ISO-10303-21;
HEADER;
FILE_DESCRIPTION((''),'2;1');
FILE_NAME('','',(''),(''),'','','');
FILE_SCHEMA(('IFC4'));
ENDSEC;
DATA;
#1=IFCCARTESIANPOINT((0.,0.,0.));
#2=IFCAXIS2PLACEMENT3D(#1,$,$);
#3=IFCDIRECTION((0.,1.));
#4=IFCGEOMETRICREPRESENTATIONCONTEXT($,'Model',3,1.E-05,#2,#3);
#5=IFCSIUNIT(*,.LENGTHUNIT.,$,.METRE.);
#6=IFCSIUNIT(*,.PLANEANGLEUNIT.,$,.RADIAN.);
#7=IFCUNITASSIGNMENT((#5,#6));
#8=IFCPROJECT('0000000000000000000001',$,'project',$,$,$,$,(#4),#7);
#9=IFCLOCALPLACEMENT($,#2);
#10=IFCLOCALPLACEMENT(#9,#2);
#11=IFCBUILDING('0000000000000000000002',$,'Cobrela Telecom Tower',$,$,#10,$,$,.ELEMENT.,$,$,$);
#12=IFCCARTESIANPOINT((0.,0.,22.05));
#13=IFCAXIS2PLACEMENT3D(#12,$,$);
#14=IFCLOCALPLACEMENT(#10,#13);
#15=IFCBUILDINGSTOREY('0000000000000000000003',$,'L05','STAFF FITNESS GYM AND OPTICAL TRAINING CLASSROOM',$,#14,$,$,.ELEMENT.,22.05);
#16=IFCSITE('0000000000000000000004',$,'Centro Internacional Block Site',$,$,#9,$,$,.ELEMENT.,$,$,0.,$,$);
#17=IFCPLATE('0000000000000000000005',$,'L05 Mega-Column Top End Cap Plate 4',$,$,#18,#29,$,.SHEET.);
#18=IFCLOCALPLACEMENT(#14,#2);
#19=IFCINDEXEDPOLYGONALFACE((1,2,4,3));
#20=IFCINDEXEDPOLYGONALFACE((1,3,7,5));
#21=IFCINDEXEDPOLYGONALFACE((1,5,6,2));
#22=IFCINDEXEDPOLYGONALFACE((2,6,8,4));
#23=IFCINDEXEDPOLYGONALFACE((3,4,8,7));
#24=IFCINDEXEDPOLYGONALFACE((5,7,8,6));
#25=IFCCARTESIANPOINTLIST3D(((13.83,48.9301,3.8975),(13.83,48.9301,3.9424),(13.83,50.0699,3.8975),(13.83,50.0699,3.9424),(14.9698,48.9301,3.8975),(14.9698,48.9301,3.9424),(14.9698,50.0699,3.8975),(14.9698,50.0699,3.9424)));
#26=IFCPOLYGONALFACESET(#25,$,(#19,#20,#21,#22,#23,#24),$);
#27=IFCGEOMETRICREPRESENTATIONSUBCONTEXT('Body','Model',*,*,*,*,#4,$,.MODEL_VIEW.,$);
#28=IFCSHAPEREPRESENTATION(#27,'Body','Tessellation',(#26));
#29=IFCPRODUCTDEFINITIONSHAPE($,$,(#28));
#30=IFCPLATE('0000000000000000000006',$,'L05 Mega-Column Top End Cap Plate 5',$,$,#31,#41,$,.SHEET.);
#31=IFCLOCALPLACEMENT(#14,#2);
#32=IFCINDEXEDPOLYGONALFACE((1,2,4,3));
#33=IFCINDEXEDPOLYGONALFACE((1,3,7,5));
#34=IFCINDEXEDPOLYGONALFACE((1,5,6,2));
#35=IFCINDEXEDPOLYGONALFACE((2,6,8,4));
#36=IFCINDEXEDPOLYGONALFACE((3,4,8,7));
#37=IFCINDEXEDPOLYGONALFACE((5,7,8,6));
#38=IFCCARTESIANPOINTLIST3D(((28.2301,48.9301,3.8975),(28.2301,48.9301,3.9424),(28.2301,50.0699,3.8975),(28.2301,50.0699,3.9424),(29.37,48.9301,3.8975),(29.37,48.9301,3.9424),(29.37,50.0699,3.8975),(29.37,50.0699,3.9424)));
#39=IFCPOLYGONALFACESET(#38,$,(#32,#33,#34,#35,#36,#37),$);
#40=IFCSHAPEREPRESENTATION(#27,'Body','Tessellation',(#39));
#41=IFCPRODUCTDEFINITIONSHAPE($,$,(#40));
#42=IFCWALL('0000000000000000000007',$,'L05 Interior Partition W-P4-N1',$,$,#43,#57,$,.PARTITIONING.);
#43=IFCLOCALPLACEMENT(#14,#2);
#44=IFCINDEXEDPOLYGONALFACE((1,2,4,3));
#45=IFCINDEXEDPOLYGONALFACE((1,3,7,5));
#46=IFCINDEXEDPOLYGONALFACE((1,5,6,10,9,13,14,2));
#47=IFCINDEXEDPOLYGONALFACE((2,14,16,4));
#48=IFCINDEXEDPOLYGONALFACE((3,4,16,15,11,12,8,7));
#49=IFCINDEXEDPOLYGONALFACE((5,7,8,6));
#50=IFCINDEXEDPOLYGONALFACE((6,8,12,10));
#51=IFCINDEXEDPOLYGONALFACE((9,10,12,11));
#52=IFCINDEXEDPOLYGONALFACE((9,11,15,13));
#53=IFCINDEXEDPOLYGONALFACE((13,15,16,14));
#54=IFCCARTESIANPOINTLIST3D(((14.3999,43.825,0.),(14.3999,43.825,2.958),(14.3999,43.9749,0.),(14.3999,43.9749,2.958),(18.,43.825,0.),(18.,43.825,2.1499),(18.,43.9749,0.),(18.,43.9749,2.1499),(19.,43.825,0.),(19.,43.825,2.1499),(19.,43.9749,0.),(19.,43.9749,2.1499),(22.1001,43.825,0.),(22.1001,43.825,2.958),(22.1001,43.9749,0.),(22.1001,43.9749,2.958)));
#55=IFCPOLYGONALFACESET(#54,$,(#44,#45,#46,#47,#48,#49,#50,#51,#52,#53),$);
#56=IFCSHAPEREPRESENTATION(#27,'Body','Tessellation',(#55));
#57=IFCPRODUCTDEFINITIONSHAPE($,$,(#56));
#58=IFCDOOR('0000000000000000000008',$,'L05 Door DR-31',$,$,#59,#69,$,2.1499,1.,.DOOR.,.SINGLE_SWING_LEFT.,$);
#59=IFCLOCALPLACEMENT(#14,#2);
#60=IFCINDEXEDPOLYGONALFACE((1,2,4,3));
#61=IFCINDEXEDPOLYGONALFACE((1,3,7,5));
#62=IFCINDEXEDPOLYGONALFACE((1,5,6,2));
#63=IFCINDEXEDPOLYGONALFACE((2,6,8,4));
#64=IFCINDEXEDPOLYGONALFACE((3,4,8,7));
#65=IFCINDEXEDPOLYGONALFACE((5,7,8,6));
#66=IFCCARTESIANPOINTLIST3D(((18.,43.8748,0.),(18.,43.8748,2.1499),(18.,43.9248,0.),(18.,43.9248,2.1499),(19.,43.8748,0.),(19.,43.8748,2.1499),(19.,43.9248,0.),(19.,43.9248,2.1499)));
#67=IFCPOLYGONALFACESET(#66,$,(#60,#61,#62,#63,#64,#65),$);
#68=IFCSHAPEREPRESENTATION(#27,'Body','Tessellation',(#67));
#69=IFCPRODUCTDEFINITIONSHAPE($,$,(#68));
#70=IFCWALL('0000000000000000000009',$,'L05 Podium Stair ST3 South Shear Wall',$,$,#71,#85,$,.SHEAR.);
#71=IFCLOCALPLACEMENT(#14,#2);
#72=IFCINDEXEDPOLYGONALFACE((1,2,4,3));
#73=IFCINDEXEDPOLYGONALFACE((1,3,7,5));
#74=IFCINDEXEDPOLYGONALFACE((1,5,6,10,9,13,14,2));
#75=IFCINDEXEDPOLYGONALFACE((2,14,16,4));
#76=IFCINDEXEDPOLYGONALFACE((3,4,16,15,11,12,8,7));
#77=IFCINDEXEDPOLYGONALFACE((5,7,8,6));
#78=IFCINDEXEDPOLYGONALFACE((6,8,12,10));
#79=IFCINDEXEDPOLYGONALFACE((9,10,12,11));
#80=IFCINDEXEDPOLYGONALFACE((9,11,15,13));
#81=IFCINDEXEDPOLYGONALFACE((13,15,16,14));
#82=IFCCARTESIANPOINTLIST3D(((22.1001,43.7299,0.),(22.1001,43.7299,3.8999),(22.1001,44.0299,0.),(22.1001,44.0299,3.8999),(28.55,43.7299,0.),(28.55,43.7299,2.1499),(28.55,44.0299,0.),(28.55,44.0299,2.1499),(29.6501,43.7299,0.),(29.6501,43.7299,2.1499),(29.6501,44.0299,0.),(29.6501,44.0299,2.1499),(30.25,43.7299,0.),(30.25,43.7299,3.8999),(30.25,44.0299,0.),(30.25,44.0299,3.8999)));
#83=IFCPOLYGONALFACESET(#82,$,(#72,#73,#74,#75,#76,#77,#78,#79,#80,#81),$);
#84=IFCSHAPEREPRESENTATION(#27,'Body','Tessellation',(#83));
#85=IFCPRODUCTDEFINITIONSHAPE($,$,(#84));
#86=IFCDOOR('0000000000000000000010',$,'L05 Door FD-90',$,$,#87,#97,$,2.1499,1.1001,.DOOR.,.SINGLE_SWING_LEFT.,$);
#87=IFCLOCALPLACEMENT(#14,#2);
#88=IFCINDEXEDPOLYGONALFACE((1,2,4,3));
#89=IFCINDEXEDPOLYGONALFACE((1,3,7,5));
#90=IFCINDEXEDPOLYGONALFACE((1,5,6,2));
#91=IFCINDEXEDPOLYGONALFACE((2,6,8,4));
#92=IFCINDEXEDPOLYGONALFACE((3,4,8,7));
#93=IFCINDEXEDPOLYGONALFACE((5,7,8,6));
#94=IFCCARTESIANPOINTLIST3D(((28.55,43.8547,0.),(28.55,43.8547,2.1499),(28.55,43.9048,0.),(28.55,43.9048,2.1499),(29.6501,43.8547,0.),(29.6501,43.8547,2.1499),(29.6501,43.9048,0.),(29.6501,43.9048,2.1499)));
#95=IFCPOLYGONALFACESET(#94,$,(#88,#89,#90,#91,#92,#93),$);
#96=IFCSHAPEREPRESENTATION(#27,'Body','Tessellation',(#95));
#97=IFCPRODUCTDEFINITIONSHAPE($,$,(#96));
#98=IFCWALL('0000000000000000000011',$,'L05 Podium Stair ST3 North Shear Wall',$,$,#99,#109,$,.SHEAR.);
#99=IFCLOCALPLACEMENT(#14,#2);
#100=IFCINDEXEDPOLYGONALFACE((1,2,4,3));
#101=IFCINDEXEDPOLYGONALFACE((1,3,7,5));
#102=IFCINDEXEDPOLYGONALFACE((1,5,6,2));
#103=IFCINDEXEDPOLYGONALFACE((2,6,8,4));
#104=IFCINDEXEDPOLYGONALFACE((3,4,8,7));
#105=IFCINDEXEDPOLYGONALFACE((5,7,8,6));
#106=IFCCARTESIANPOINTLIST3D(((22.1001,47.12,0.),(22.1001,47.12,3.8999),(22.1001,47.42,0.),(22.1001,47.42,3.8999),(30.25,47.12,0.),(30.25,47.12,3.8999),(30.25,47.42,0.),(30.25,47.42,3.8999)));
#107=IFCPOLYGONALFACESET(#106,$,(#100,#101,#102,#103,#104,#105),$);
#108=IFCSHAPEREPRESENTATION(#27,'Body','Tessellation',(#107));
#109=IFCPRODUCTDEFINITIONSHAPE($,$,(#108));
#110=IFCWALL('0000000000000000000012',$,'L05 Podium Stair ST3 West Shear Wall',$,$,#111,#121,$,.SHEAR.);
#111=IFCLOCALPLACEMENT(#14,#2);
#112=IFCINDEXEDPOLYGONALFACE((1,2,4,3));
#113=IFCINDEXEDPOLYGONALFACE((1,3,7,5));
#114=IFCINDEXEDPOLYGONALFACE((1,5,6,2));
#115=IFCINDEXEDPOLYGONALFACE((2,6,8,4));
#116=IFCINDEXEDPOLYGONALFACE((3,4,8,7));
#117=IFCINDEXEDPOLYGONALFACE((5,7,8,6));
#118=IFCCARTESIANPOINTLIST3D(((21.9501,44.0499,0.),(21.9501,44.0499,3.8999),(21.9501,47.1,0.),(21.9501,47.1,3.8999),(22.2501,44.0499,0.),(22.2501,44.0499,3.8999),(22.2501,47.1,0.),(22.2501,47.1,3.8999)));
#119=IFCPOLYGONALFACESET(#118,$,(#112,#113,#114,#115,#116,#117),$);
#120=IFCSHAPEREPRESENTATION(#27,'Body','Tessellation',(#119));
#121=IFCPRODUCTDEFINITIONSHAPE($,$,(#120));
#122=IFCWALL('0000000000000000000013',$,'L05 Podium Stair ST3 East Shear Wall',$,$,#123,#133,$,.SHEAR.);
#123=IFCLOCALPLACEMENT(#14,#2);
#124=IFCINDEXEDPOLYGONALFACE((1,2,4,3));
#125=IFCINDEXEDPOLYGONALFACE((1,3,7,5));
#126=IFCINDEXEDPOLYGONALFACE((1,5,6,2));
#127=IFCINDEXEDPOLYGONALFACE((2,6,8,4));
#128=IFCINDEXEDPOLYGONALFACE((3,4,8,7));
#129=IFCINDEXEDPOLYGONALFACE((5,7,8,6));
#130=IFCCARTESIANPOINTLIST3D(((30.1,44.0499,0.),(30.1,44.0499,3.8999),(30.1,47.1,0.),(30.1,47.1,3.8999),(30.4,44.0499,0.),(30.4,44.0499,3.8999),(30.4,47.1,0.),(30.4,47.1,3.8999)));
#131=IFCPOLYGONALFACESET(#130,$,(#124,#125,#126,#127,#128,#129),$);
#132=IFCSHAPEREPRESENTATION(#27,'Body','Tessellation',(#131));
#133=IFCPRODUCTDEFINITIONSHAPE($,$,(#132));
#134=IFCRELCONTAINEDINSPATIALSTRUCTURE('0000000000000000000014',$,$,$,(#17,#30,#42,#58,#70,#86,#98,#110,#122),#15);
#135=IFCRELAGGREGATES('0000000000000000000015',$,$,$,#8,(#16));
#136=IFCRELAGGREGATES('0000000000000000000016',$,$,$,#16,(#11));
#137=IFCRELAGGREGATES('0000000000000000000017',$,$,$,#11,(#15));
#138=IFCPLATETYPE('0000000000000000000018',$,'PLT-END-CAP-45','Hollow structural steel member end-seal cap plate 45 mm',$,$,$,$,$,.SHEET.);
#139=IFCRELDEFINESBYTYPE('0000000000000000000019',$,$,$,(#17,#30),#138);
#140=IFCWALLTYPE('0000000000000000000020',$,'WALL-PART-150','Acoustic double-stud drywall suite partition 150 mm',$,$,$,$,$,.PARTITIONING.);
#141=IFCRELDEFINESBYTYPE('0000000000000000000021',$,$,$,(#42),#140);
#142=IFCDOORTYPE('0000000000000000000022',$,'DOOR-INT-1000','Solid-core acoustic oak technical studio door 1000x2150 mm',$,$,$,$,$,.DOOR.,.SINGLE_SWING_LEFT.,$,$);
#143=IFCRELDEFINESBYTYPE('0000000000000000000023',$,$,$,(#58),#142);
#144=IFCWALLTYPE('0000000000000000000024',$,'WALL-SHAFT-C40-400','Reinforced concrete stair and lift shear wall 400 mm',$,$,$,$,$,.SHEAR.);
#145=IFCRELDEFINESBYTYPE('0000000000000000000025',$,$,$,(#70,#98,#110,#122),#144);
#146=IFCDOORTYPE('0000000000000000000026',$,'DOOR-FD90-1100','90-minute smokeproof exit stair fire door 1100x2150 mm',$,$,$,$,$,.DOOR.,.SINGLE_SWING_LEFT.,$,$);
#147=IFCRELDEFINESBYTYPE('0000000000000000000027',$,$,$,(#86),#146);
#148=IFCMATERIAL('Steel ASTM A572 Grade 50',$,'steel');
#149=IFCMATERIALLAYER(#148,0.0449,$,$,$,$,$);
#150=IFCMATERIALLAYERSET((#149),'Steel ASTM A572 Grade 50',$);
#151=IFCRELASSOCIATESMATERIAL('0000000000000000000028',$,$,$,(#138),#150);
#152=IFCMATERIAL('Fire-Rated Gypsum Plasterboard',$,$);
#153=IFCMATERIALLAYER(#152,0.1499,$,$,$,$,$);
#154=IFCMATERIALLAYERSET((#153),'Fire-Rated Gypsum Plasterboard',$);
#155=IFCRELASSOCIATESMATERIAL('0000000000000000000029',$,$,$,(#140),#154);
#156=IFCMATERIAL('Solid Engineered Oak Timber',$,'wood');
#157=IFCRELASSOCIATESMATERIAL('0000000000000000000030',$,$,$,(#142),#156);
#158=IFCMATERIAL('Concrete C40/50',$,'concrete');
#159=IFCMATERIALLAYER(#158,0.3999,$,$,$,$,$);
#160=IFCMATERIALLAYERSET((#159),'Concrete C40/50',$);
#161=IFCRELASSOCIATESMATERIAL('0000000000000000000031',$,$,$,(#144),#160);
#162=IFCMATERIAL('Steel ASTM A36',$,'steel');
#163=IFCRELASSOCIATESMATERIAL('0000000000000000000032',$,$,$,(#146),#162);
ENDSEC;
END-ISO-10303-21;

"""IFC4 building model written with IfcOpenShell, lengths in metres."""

from ifc_helpers import new_model, si_unit, direction, frame, frame_2d, origin, origin_2d, place, context, subcontext, project, spatial, rectangle, extrude, material, layer, layer_set, type_object, element, fill, save


model = new_model("IFC4")

# Units and contexts
model_context = context("Model", 3, precision=1e-05, world=origin(), true_north=direction((0.0, 1.0)))
body_context = subcontext(model_context, "Body", "Model", "MODEL_VIEW")
ifc_project = project(units=[si_unit("LENGTHUNIT", "METRE"), si_unit("PLANEANGLEUNIT", "RADIAN")], contexts=[model_context])

# Site, building, storey
site_placement = place(None, origin())
site = spatial("IfcSite", under=ifc_project, at=site_placement, Name="Centro Internacional Block Site", CompositionType="ELEMENT", RefElevation=0.0)
building_placement = place(site_placement, origin())
building = spatial("IfcBuilding", under=site, at=building_placement, Name="Cobrela Telecom Tower", CompositionType="ELEMENT")
storey_placement = place(building_placement, frame((0.0, 0.0, 22.05)))
storey = spatial("IfcBuildingStorey", under=building, at=storey_placement, Name="L05", Description="STAFF FITNESS GYM AND OPTICAL TRAINING CLASSROOM", CompositionType="ELEMENT", Elevation=22.05)

# Shared definitions
ifc_material_1 = material(Name="Concrete C40/50", Category="concrete")
ifc_material_2 = material(Name="Steel ASTM A572 Grade 50", Category="steel")

# Plates
ifc_layer_1 = layer(ifc_material_2, 0.0449)
ifc_layer_set_1 = layer_set([ifc_layer_1], Name="Steel ASTM A572 Grade 50")
plate_type_1 = type_object("IfcPlateType", Name="PLT-END-CAP-45", Description="Hollow structural steel member end-seal cap plate 45 mm", PredefinedType="SHEET", material=ifc_layer_set_1)
for number, where, z_axis, x_axis, name in (
    (1, (14.3999, 49.5, 3.8975), (0.0, 0.0, 1.0), (1.0, 0.0, 0.0), "L05 Mega-Column Top End Cap Plate 4"),
    (2, (28.8, 49.5, 3.8975), (0.0, 0.0, 1.0), (1.0, 0.0, 0.0), "L05 Mega-Column Top End Cap Plate 5"),
):
    element("IfcPlate", number, at=place(storey_placement, frame(where, z_axis=z_axis, x_axis=x_axis)), inside=storey, type_object=plate_type_1, Name=name, PredefinedType="SHEET", context=body_context, shape_type="SweptSolid", body=[
        extrude(rectangle(XDim=1.1399, YDim=1.1399, at=origin_2d()), origin(), (0.0, 0.0, 1.0), 0.0449),
    ])

# Walls, openings, doors
ifc_material_3 = material(Name="Fire-Rated Gypsum Plasterboard")
ifc_layer_2 = layer(ifc_material_3, 0.1499)
ifc_layer_set_2 = layer_set([ifc_layer_2], Name="Fire-Rated Gypsum Plasterboard")
wall_type_1 = type_object("IfcWallType", Name="WALL-PART-150", Description="Acoustic double-stud drywall suite partition 150 mm", PredefinedType="PARTITIONING", material=ifc_layer_set_2)
wall_1_placement = place(storey_placement, frame((14.3999, 43.8999, 0.0), z_axis=(0.0, 0.0, 1.0), x_axis=(1.0, 0.0, 0.0)))
wall_1 = element("IfcWall", 3, at=wall_1_placement, inside=storey, type_object=wall_type_1, Name="L05 Interior Partition W-P4-N1", PredefinedType="PARTITIONING", context=body_context, shape_type="SweptSolid", body=[
    extrude(rectangle(XDim=7.7002, YDim=0.1499, at=frame_2d((3.8501, 0.0))), origin(), (0.0, 0.0, 1.0), 2.958),
])
opening_1_placement = place(wall_1_placement, frame((3.6001, 0.0, 0.0)))
opening_1 = element("IfcOpeningElement", 4, at=opening_1_placement, cuts=wall_1, PredefinedType="OPENING", context=body_context, shape_type="SweptSolid", body=[
    extrude(rectangle(XDim=1.0, YDim=2.1499, at=frame_2d((0.5, 1.075))), frame((0.0, 0.0869, 0.0), z_axis=(0.0, -1.0, 0.0), x_axis=(1.0, 0.0, 0.0)), (0.0, 0.0, 1.0), 0.1738),
])
ifc_material_4 = material(Name="Solid Engineered Oak Timber", Category="wood")
door_type_1 = type_object("IfcDoorType", Name="DOOR-INT-1000", Description="Solid-core acoustic oak technical studio door 1000x2150 mm", OperationType="SINGLE_SWING_LEFT", PredefinedType="DOOR", material=ifc_material_4)
door_1_placement = place(opening_1_placement, origin())
door_1 = element("IfcDoor", 5, at=door_1_placement, inside=storey, type_object=door_type_1, Name="L05 Door DR-31", OperationType="SINGLE_SWING_LEFT", OverallHeight=2.1499, OverallWidth=1.0, PredefinedType="DOOR", context=body_context, shape_type="SweptSolid", body=[
    extrude(rectangle(XDim=1.0, YDim=2.1499, at=frame_2d((0.5, 1.075))), frame((0.0, 0.0249, 0.0), z_axis=(0.0, -1.0, 0.0), x_axis=(1.0, 0.0, 0.0)), (0.0, 0.0, 1.0), 0.05),
])
fill(opening_1, door_1)
ifc_layer_3 = layer(ifc_material_1, 0.3999)
ifc_layer_set_3 = layer_set([ifc_layer_3], Name="Concrete C40/50")
wall_type_2 = type_object("IfcWallType", Name="WALL-SHAFT-C40-400", Description="Reinforced concrete stair and lift shear wall 400 mm", PredefinedType="SHEAR", material=ifc_layer_set_3)
wall_2_placement = place(storey_placement, frame((22.1001, 43.8799, 0.0), z_axis=(0.0, 0.0, 1.0), x_axis=(1.0, 0.0, 0.0)))
wall_2 = element("IfcWall", 6, at=wall_2_placement, inside=storey, type_object=wall_type_2, Name="L05 Podium Stair ST3 South Shear Wall", PredefinedType="SHEAR", context=body_context, shape_type="SweptSolid", body=[
    extrude(rectangle(XDim=8.1499, YDim=0.3, at=frame_2d((4.075, 0.0))), origin(), (0.0, 0.0, 1.0), 3.8999),
])
opening_2_placement = place(wall_2_placement, frame((6.45, 0.0, 0.0)))
opening_2 = element("IfcOpeningElement", 7, at=opening_2_placement, cuts=wall_2, PredefinedType="OPENING", context=body_context, shape_type="SweptSolid", body=[
    extrude(rectangle(XDim=1.1001, YDim=2.1499, at=frame_2d((0.55, 1.075))), frame((0.0, 0.1621, 0.0), z_axis=(0.0, -1.0, 0.0), x_axis=(1.0, 0.0, 0.0)), (0.0, 0.0, 1.0), 0.324),
])
ifc_material_5 = material(Name="Steel ASTM A36", Category="steel")
door_type_2 = type_object("IfcDoorType", Name="DOOR-FD90-1100", Description="90-minute smokeproof exit stair fire door 1100x2150 mm", OperationType="SINGLE_SWING_LEFT", PredefinedType="DOOR", material=ifc_material_5)
door_2_placement = place(opening_2_placement, origin())
door_2 = element("IfcDoor", 8, at=door_2_placement, inside=storey, type_object=door_type_2, Name="L05 Door FD-90", OperationType="SINGLE_SWING_LEFT", OverallHeight=2.1499, OverallWidth=1.1001, PredefinedType="DOOR", context=body_context, shape_type="SweptSolid", body=[
    extrude(rectangle(XDim=1.1001, YDim=2.1499, at=frame_2d((0.55, 1.075))), frame((0.0, 0.0249, 0.0), z_axis=(0.0, -1.0, 0.0), x_axis=(1.0, 0.0, 0.0)), (0.0, 0.0, 1.0), 0.05),
])
fill(opening_2, door_2)

# Walls
wall_3_placement = place(storey_placement, frame((22.1001, 47.27, 0.0), z_axis=(0.0, 0.0, 1.0), x_axis=(1.0, 0.0, 0.0)))
element("IfcWall", 9, at=wall_3_placement, inside=storey, type_object=wall_type_2, Name="L05 Podium Stair ST3 North Shear Wall", PredefinedType="SHEAR", context=body_context, shape_type="SweptSolid", body=[
    extrude(rectangle(XDim=8.1499, YDim=0.3, at=frame_2d((4.075, 0.0))), origin(), (0.0, 0.0, 1.0), 3.8999),
])
for number, where, z_axis, x_axis, name in (
    (10, (22.1001, 44.05, 0.0), (0.0, 0.0, 1.0), (0.0, 1.0, 0.0), "L05 Podium Stair ST3 West Shear Wall"),
    (11, (30.25, 44.05, 0.0), (0.0, 0.0, 1.0), (0.0, 1.0, 0.0), "L05 Podium Stair ST3 East Shear Wall"),
):
    element("IfcWall", number, at=place(storey_placement, frame(where, z_axis=z_axis, x_axis=x_axis)), inside=storey, type_object=wall_type_2, Name=name, PredefinedType="SHEAR", context=body_context, shape_type="SweptSolid", body=[
        extrude(rectangle(XDim=3.05, YDim=0.3, at=frame_2d((1.5249, 0.0))), origin(), (0.0, 0.0, 1.0), 3.8999),
    ])

save(model, "model.ifc")
